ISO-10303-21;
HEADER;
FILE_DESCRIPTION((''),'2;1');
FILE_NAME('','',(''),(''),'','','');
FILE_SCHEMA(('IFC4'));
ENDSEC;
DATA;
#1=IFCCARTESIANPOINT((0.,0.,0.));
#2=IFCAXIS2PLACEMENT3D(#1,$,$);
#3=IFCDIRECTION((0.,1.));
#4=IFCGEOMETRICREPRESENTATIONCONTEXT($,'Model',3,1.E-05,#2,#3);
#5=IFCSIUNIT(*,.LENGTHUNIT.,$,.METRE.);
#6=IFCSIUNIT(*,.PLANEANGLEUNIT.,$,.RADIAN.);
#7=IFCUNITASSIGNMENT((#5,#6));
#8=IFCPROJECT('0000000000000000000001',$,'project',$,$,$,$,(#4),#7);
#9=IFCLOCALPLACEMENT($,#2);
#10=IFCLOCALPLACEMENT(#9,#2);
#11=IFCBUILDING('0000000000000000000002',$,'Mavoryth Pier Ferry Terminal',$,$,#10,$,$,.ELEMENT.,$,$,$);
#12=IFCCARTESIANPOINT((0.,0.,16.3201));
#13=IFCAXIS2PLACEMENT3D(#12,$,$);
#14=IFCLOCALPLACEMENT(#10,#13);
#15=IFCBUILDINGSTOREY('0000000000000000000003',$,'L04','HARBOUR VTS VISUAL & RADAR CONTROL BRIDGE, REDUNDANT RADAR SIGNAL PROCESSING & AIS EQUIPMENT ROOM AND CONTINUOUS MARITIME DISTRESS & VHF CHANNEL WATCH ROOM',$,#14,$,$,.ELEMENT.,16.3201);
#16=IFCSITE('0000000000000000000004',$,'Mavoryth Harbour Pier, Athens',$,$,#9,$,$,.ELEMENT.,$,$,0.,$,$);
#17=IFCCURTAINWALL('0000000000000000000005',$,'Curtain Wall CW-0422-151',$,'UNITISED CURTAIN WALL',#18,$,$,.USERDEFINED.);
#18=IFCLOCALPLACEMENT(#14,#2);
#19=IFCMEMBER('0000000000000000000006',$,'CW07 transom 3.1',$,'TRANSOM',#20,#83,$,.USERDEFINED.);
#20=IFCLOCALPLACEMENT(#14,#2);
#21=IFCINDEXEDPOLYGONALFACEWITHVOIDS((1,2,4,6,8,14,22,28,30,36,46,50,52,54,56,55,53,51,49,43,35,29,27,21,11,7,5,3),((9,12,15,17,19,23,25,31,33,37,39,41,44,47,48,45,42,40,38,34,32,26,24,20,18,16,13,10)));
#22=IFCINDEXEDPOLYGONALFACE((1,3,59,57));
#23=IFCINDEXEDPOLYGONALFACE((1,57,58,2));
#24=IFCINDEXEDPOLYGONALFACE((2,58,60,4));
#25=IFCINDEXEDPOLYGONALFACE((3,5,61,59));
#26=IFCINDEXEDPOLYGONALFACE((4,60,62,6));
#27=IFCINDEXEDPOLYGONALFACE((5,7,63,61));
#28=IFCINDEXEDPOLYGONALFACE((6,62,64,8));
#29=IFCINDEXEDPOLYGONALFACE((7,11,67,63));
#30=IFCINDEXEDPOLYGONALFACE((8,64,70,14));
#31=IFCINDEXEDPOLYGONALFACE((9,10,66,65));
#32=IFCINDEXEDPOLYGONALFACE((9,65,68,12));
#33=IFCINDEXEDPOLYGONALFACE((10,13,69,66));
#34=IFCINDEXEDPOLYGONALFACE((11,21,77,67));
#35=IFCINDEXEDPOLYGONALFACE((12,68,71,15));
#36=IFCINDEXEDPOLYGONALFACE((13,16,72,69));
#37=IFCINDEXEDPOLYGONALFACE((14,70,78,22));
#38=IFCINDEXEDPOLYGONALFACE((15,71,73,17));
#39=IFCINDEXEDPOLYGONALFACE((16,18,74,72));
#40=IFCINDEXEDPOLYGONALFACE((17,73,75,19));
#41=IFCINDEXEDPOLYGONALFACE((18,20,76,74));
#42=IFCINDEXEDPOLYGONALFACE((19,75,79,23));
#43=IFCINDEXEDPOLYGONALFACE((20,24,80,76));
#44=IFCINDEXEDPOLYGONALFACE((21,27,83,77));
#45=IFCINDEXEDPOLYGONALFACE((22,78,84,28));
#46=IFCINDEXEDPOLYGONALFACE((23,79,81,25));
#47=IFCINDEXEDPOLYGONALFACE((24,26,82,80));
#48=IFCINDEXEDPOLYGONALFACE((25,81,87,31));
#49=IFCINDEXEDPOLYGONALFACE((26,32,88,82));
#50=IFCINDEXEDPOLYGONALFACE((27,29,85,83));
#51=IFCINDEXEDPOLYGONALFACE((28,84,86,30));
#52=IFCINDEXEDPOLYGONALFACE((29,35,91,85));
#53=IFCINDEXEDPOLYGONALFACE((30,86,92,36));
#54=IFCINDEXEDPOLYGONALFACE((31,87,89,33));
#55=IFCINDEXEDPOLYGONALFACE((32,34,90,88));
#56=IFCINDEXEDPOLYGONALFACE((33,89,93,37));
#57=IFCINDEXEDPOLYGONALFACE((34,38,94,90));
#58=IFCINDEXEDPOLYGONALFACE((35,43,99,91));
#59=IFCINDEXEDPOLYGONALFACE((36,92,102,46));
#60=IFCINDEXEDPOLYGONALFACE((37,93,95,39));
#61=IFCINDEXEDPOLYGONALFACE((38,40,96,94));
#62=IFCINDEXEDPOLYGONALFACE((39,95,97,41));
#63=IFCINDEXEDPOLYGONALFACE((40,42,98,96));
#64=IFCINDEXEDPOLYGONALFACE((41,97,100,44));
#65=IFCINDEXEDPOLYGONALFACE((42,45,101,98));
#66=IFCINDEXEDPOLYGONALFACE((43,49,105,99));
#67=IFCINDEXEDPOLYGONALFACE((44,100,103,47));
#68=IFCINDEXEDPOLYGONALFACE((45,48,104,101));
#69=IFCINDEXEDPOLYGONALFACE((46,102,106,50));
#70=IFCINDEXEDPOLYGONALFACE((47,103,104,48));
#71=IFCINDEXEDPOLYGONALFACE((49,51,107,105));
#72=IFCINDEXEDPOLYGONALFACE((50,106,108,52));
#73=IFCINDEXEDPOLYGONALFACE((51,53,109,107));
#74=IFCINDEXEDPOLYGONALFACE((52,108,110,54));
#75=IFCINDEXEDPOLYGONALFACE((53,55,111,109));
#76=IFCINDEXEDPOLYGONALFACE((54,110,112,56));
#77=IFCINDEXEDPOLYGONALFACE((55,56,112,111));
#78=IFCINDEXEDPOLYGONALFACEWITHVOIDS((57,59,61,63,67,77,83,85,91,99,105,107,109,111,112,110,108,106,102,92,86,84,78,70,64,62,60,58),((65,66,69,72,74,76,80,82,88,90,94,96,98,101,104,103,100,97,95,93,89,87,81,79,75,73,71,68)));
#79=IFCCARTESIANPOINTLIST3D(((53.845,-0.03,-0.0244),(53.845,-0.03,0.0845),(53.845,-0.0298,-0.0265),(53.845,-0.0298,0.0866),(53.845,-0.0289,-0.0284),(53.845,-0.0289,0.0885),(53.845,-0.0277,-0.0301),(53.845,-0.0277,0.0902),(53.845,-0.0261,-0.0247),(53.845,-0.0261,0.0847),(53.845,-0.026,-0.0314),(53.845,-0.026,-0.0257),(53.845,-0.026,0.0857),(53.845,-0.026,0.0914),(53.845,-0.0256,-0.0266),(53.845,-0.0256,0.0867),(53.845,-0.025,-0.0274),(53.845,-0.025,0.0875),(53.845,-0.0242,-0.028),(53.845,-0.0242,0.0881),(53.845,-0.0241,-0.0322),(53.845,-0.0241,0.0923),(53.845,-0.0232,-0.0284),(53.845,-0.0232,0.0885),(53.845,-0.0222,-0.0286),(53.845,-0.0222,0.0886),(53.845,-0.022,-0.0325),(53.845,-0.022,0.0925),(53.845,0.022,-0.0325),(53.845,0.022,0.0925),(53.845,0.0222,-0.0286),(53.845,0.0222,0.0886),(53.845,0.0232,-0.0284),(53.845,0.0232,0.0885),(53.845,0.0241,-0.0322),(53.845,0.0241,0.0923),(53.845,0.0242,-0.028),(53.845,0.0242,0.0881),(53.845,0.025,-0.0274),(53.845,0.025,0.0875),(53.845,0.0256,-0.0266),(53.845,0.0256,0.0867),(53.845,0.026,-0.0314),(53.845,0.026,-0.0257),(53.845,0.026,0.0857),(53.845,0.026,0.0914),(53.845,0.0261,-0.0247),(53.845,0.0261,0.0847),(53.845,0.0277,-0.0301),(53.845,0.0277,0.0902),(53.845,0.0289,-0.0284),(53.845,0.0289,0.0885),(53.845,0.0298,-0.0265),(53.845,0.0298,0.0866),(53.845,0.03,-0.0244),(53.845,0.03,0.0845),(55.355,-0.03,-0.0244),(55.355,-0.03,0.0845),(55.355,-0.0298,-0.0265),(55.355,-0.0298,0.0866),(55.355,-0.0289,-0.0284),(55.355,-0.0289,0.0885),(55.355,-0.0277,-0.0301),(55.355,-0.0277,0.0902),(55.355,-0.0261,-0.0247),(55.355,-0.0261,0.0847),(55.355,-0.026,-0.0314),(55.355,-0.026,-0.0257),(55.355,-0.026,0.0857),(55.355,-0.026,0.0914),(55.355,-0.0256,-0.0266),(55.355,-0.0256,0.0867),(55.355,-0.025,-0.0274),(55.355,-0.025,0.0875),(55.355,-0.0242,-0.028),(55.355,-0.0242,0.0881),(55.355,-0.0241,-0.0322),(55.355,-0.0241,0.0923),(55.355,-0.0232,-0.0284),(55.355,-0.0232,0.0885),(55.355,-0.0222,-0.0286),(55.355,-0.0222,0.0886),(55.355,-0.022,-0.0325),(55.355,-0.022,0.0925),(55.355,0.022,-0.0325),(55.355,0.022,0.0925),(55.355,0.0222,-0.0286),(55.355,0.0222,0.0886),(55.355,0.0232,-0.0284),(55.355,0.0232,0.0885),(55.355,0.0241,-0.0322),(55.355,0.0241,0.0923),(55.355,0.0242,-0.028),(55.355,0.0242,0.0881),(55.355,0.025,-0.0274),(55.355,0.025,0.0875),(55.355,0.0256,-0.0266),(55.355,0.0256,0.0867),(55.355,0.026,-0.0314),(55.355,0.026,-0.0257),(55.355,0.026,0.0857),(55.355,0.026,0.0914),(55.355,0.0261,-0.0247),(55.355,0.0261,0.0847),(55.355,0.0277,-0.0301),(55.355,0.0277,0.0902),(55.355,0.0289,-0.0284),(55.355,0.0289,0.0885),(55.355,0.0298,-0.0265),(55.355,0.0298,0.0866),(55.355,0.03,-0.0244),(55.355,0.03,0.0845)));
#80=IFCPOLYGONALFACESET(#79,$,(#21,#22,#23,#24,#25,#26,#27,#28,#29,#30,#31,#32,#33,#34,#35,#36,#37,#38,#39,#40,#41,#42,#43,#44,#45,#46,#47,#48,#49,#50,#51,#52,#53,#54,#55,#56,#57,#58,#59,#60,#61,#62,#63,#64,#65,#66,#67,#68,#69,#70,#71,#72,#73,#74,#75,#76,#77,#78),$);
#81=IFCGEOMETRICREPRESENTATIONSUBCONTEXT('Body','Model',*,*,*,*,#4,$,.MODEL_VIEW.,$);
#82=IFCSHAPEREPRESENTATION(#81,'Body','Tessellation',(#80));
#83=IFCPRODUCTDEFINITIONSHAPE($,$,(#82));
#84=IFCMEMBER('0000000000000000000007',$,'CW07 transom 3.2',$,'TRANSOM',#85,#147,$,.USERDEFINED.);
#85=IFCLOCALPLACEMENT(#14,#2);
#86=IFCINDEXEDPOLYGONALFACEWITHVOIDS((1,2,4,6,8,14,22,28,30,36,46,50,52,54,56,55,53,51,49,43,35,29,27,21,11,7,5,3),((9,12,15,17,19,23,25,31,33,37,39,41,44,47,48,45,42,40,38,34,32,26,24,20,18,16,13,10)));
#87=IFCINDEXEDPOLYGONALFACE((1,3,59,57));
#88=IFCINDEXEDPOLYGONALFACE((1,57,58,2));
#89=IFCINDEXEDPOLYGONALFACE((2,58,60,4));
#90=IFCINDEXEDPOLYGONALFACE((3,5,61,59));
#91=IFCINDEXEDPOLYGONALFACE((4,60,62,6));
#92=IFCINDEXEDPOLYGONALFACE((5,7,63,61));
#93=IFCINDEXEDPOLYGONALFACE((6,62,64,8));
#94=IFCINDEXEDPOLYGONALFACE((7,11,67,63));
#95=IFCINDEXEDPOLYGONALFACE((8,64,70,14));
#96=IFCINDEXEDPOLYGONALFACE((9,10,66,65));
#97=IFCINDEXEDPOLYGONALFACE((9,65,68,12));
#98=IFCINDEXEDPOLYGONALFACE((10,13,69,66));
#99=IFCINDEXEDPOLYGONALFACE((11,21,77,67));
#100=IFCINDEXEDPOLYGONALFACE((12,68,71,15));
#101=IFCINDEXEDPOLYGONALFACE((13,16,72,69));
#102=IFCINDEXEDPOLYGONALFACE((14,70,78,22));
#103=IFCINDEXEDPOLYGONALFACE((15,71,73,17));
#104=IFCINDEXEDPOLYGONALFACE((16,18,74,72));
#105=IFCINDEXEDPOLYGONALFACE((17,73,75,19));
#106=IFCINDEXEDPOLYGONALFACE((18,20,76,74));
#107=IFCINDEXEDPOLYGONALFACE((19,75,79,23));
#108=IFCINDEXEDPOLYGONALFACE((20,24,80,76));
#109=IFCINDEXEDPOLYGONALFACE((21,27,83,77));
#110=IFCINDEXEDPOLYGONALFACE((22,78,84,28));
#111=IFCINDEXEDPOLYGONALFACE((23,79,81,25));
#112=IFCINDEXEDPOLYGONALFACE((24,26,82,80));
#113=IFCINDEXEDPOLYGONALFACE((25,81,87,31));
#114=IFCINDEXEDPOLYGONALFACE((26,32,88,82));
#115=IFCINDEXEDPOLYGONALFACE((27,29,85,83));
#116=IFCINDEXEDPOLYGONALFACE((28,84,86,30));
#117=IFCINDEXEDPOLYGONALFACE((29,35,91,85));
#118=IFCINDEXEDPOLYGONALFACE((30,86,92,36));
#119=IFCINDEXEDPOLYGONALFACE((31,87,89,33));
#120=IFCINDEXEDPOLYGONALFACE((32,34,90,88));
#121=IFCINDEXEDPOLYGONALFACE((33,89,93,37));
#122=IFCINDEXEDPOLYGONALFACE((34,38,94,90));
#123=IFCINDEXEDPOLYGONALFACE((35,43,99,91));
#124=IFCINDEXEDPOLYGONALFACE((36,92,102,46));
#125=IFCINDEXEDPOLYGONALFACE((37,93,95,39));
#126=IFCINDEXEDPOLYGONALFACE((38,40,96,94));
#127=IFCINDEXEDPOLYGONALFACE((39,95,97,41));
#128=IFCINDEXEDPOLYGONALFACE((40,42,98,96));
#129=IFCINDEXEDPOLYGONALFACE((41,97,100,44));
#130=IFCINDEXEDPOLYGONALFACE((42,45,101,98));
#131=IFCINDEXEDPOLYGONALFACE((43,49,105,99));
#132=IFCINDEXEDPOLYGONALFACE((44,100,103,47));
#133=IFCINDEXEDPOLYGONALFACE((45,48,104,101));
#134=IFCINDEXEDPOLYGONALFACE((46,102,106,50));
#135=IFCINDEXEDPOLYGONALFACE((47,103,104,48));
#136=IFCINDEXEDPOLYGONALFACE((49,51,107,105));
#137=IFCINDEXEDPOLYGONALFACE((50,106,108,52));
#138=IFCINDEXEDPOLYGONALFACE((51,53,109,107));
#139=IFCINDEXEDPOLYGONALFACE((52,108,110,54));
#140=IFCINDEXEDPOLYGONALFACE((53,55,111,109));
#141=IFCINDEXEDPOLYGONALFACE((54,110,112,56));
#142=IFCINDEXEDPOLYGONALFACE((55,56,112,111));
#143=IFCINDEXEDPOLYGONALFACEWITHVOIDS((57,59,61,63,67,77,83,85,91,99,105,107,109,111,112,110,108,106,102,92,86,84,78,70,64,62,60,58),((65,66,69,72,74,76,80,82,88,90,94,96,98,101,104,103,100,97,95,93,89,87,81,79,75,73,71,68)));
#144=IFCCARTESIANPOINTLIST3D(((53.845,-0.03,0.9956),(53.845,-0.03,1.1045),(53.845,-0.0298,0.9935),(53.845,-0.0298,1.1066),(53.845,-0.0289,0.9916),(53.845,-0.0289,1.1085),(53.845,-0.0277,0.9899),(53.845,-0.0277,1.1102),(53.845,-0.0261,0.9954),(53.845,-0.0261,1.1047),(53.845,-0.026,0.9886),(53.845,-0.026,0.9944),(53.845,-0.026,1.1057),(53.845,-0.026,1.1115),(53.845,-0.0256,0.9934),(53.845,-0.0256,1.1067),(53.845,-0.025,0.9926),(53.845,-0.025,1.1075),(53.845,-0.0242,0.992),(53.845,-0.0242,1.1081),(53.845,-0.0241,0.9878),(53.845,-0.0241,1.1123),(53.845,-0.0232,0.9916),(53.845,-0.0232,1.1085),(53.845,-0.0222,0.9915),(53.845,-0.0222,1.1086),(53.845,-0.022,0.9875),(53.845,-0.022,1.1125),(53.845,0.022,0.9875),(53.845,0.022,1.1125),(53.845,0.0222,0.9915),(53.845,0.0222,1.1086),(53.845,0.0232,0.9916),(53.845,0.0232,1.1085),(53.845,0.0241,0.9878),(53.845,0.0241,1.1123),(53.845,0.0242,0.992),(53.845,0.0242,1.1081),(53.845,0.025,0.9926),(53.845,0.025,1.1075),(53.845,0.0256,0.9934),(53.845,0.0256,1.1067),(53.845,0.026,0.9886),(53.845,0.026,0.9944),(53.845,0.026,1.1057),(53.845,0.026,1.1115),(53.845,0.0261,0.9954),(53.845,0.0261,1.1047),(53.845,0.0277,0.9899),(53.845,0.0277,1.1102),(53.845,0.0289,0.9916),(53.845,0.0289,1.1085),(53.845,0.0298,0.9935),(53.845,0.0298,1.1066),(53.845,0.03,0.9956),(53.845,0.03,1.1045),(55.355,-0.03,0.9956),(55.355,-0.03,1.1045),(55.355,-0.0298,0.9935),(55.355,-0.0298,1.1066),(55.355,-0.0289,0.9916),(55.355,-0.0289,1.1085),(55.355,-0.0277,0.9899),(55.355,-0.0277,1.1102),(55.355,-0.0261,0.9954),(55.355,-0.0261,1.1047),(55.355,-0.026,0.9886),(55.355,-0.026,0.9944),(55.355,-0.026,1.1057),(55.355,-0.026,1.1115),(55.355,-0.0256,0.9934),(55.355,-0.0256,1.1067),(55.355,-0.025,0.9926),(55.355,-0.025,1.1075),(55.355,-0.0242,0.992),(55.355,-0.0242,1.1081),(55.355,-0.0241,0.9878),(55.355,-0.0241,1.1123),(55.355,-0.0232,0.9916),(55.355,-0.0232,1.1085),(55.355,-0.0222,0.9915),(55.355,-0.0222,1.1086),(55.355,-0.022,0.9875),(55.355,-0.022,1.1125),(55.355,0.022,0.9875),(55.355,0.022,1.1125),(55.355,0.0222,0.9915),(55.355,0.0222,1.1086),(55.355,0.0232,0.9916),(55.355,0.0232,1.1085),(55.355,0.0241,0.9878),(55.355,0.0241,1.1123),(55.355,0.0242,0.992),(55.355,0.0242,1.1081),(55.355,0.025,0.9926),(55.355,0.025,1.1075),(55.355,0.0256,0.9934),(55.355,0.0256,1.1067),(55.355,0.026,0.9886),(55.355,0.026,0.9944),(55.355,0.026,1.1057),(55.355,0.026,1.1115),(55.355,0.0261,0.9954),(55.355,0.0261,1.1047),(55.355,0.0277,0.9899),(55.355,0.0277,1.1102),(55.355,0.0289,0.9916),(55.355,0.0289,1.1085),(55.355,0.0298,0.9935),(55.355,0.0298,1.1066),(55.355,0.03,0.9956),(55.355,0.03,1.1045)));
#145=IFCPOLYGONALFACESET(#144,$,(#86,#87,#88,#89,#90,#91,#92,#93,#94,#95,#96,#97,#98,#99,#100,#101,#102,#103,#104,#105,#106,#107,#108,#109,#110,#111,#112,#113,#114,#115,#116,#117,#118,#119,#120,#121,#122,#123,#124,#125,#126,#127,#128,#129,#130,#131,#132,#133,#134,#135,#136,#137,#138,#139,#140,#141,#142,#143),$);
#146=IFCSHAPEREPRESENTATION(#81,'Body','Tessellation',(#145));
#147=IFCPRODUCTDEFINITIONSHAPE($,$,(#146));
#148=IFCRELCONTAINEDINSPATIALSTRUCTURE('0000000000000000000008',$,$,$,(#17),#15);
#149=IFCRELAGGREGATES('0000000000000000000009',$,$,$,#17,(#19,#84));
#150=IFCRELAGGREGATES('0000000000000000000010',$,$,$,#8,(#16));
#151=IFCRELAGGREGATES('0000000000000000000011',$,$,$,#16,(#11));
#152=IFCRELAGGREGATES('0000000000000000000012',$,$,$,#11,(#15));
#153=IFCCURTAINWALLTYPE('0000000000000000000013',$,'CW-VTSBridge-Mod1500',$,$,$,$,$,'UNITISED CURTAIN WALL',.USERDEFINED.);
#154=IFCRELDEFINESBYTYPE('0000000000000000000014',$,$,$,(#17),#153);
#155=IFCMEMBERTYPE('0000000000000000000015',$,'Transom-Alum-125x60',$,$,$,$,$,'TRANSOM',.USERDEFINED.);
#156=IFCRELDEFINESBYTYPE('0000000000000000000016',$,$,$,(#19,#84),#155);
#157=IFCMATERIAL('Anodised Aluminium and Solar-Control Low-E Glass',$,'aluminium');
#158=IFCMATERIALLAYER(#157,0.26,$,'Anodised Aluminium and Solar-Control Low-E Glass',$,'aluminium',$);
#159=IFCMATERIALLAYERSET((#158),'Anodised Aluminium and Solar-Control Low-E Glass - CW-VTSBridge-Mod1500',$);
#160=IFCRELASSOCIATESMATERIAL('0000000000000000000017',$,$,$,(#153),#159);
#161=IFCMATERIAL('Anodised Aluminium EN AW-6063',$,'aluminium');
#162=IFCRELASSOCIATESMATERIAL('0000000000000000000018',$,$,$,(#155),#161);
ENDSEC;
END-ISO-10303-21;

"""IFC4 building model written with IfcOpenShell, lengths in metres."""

from ifc_helpers import new_model, si_unit, direction, frame, origin, origin_2d, place, context, subcontext, project, spatial, hollow_rectangle, extrude, material, layer, layer_set, material_profile, profile_set, type_object, element, aggregate, save


model = new_model("IFC4")

# Units and contexts
model_context = context("Model", 3, precision=1e-05, world=origin(), true_north=direction((0.0, 1.0)))
body_context = subcontext(model_context, "Body", "Model", "MODEL_VIEW")
ifc_project = project(units=[si_unit("LENGTHUNIT", "METRE"), si_unit("PLANEANGLEUNIT", "RADIAN")], contexts=[model_context])

# Site, building, storey
site_placement = place(None, origin())
site = spatial("IfcSite", under=ifc_project, at=site_placement, Name="Mavoryth Harbour Pier, Athens", CompositionType="ELEMENT", RefElevation=0.0)
building_placement = place(site_placement, origin())
building = spatial("IfcBuilding", under=site, at=building_placement, Name="Mavoryth Pier Ferry Terminal", CompositionType="ELEMENT")
storey_placement = place(building_placement, frame((0.0, 0.0, 16.3201)))
storey = spatial("IfcBuildingStorey", under=building, at=storey_placement, Name="L04", Description="HARBOUR VTS VISUAL & RADAR CONTROL BRIDGE, REDUNDANT RADAR SIGNAL PROCESSING & AIS EQUIPMENT ROOM AND CONTINUOUS MARITIME DISTRESS & VHF CHANNEL WATCH ROOM", CompositionType="ELEMENT", Elevation=16.3201)

# Curtain wall
ifc_material_1 = material(Name="Anodised Aluminium and Solar-Control Low-E Glass", Category="aluminium")
ifc_layer_1 = layer(ifc_material_1, 0.26, Name="Anodised Aluminium and Solar-Control Low-E Glass", Category="aluminium")
ifc_layer_set_1 = layer_set([ifc_layer_1], Name="Anodised Aluminium and Solar-Control Low-E Glass - CW-VTSBridge-Mod1500")
curtain_wall_type = type_object("IfcCurtainWallType", Name="CW-VTSBridge-Mod1500", ElementType="UNITISED CURTAIN WALL", PredefinedType="USERDEFINED", material=ifc_layer_set_1)
curtain_wall_placement = place(storey_placement, origin())
curtain_wall = element("IfcCurtainWall", 1, at=curtain_wall_placement, inside=storey, type_object=curtain_wall_type, Name="Curtain Wall CW-0422-151", ObjectType="UNITISED CURTAIN WALL", PredefinedType="USERDEFINED")
ifc_material_2 = material(Name="Anodised Aluminium EN AW-6063", Category="aluminium")

# Members
ifc_material_profile_1 = material_profile(ifc_material_2, hollow_rectangle(XDim=0.0601, YDim=0.125, WallThickness=0.0039, InnerFilletRadius=0.0039, OuterFilletRadius=0.0081, at=origin_2d()), Name="AL-TRAN 125x60x4", Category="aluminium")
ifc_profile_set_1 = profile_set([ifc_material_profile_1], Name="Anodised Aluminium EN AW-6063 - AL-TRAN 125x60x4")
member_type_1 = type_object("IfcMemberType", Name="Transom-Alum-125x60", ElementType="TRANSOM", PredefinedType="USERDEFINED", material=ifc_profile_set_1)
member_1_placement = place(storey_placement, frame((53.845, 0.0, 0.03), z_axis=(1.0, 0.0, 0.0), x_axis=(0.0, 1.0, 0.0)))
member_1 = element("IfcMember", 2, at=member_1_placement, type_object=member_type_1, Name="CW07 transom 3.1", ObjectType="TRANSOM", PredefinedType="USERDEFINED", context=body_context, shape_type="SweptSolid", body=[
    extrude(hollow_rectangle(XDim=0.0601, YDim=0.125, WallThickness=0.0039, InnerFilletRadius=0.0039, OuterFilletRadius=0.0081, at=origin_2d()), origin(), (0.0, 0.0, 1.0), 1.51),
])
member_2_placement = place(storey_placement, frame((53.845, 0.0, 1.05), z_axis=(1.0, 0.0, 0.0), x_axis=(0.0, 1.0, 0.0)))
member_2 = element("IfcMember", 3, at=member_2_placement, type_object=member_type_1, Name="CW07 transom 3.2", ObjectType="TRANSOM", PredefinedType="USERDEFINED", context=body_context, shape_type="SweptSolid", body=[
    extrude(hollow_rectangle(XDim=0.0601, YDim=0.125, WallThickness=0.0039, InnerFilletRadius=0.0039, OuterFilletRadius=0.0081, at=origin_2d()), origin(), (0.0, 0.0, 1.0), 1.51),
])

aggregate(curtain_wall, [member_1, member_2])

save(model, "model.ifc")
